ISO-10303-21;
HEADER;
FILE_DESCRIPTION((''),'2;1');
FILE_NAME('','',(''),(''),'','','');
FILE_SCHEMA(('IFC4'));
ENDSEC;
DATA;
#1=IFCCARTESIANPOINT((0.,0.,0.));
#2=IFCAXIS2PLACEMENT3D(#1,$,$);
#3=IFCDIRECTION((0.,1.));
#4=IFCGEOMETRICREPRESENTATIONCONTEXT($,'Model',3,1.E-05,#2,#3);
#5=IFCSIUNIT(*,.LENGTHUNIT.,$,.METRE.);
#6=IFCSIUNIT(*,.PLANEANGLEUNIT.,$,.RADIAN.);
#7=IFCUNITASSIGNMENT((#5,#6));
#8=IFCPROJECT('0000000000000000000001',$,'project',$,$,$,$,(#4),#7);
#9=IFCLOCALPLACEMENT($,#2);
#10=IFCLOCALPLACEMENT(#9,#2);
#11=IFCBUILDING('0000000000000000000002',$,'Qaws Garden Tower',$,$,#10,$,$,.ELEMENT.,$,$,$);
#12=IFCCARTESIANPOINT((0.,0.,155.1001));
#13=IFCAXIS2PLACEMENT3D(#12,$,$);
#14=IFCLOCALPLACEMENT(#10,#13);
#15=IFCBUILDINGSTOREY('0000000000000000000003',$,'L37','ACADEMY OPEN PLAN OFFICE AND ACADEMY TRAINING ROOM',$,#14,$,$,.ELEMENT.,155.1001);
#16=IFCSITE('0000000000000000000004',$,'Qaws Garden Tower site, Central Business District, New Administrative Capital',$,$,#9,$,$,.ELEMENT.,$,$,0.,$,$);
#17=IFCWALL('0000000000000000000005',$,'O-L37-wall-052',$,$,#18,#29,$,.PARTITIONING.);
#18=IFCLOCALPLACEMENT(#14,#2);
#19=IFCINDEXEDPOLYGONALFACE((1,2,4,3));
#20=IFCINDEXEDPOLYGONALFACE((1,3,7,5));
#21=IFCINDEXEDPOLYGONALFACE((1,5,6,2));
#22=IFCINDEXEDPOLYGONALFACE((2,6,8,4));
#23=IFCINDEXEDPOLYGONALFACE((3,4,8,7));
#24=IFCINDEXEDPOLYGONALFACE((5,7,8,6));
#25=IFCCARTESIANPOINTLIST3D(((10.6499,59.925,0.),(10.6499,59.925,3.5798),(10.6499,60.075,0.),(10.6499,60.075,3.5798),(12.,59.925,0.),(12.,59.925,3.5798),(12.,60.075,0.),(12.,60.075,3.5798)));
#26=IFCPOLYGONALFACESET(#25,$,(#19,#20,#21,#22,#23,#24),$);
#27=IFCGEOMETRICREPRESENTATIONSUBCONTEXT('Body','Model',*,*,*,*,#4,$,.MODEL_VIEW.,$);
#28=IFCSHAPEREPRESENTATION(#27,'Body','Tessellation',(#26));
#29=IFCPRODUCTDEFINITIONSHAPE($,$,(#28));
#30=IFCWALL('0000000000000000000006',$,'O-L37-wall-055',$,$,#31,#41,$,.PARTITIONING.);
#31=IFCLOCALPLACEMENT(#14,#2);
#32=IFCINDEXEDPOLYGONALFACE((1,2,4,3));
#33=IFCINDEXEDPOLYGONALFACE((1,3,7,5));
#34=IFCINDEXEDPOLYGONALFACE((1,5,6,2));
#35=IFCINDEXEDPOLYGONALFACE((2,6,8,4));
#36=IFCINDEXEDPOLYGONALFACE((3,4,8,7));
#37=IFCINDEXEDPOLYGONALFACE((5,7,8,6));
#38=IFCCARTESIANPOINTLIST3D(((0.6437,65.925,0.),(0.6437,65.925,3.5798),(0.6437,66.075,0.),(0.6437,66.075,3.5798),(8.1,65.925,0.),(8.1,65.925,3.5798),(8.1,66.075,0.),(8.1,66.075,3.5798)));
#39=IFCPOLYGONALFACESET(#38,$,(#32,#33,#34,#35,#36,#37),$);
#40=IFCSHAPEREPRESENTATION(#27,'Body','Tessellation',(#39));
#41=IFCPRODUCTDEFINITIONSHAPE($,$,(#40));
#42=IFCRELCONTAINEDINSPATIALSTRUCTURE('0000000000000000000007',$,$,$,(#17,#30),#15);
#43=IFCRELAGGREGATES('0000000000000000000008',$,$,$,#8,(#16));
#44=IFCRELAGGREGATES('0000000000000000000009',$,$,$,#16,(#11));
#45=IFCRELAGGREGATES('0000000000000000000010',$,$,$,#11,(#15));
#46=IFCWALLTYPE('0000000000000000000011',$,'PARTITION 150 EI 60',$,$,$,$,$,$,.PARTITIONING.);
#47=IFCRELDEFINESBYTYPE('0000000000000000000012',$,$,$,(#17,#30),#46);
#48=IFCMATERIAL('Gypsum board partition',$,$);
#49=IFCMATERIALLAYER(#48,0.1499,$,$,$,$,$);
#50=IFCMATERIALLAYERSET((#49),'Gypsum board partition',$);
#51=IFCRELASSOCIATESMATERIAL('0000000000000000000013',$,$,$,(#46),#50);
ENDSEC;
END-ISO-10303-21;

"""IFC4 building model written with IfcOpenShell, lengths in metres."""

from ifc_helpers import new_model, si_unit, direction, frame, frame_2d, origin, place, context, subcontext, project, spatial, rectangle, extrude, material, layer, layer_set, type_object, element, save


model = new_model("IFC4")

# Units and contexts
model_context = context("Model", 3, precision=1e-05, world=origin(), true_north=direction((0.0, 1.0)))
body_context = subcontext(model_context, "Body", "Model", "MODEL_VIEW")
ifc_project = project(units=[si_unit("LENGTHUNIT", "METRE"), si_unit("PLANEANGLEUNIT", "RADIAN")], contexts=[model_context])

# Site, building, storey
site_placement = place(None, origin())
site = spatial("IfcSite", under=ifc_project, at=site_placement, Name="Qaws Garden Tower site, Central Business District, New Administrative Capital", CompositionType="ELEMENT", RefElevation=0.0)
building_placement = place(site_placement, origin())
building = spatial("IfcBuilding", under=site, at=building_placement, Name="Qaws Garden Tower", CompositionType="ELEMENT")
storey_placement = place(building_placement, frame((0.0, 0.0, 155.1001)))
storey = spatial("IfcBuildingStorey", under=building, at=storey_placement, Name="L37", Description="ACADEMY OPEN PLAN OFFICE AND ACADEMY TRAINING ROOM", CompositionType="ELEMENT", Elevation=155.1001)

# Shared definitions
ifc_material_1 = material(Name="Gypsum board partition")
ifc_layer_1 = layer(ifc_material_1, 0.1499)
ifc_layer_set_1 = layer_set([ifc_layer_1], Name="Gypsum board partition")
wall_type_1 = type_object("IfcWallType", Name="PARTITION 150 EI 60", PredefinedType="PARTITIONING", material=ifc_layer_set_1)

# Walls
wall_1_placement = place(storey_placement, frame((10.6499, 60.0, 0.0), z_axis=(0.0, 0.0, 1.0), x_axis=(1.0, 0.0, 0.0)))
element("IfcWall", 1, at=wall_1_placement, inside=storey, type_object=wall_type_1, Name="O-L37-wall-052", PredefinedType="PARTITIONING", context=body_context, shape_type="SweptSolid", body=[
    extrude(rectangle(XDim=1.3501, YDim=0.1499, at=frame_2d((0.675, 0.0))), origin(), (0.0, 0.0, 1.0), 3.5798),
])
wall_2_placement = place(storey_placement, frame((0.6438, 66.0, 0.0), z_axis=(0.0, 0.0, 1.0), x_axis=(1.0, 0.0, 0.0)))
element("IfcWall", 2, at=wall_2_placement, inside=storey, type_object=wall_type_1, Name="O-L37-wall-055", PredefinedType="PARTITIONING", context=body_context, shape_type="SweptSolid", body=[
    extrude(rectangle(XDim=7.4563, YDim=0.1499, at=frame_2d((3.728, 0.0))), origin(), (0.0, 0.0, 1.0), 3.5798),
])

save(model, "model.ifc")
